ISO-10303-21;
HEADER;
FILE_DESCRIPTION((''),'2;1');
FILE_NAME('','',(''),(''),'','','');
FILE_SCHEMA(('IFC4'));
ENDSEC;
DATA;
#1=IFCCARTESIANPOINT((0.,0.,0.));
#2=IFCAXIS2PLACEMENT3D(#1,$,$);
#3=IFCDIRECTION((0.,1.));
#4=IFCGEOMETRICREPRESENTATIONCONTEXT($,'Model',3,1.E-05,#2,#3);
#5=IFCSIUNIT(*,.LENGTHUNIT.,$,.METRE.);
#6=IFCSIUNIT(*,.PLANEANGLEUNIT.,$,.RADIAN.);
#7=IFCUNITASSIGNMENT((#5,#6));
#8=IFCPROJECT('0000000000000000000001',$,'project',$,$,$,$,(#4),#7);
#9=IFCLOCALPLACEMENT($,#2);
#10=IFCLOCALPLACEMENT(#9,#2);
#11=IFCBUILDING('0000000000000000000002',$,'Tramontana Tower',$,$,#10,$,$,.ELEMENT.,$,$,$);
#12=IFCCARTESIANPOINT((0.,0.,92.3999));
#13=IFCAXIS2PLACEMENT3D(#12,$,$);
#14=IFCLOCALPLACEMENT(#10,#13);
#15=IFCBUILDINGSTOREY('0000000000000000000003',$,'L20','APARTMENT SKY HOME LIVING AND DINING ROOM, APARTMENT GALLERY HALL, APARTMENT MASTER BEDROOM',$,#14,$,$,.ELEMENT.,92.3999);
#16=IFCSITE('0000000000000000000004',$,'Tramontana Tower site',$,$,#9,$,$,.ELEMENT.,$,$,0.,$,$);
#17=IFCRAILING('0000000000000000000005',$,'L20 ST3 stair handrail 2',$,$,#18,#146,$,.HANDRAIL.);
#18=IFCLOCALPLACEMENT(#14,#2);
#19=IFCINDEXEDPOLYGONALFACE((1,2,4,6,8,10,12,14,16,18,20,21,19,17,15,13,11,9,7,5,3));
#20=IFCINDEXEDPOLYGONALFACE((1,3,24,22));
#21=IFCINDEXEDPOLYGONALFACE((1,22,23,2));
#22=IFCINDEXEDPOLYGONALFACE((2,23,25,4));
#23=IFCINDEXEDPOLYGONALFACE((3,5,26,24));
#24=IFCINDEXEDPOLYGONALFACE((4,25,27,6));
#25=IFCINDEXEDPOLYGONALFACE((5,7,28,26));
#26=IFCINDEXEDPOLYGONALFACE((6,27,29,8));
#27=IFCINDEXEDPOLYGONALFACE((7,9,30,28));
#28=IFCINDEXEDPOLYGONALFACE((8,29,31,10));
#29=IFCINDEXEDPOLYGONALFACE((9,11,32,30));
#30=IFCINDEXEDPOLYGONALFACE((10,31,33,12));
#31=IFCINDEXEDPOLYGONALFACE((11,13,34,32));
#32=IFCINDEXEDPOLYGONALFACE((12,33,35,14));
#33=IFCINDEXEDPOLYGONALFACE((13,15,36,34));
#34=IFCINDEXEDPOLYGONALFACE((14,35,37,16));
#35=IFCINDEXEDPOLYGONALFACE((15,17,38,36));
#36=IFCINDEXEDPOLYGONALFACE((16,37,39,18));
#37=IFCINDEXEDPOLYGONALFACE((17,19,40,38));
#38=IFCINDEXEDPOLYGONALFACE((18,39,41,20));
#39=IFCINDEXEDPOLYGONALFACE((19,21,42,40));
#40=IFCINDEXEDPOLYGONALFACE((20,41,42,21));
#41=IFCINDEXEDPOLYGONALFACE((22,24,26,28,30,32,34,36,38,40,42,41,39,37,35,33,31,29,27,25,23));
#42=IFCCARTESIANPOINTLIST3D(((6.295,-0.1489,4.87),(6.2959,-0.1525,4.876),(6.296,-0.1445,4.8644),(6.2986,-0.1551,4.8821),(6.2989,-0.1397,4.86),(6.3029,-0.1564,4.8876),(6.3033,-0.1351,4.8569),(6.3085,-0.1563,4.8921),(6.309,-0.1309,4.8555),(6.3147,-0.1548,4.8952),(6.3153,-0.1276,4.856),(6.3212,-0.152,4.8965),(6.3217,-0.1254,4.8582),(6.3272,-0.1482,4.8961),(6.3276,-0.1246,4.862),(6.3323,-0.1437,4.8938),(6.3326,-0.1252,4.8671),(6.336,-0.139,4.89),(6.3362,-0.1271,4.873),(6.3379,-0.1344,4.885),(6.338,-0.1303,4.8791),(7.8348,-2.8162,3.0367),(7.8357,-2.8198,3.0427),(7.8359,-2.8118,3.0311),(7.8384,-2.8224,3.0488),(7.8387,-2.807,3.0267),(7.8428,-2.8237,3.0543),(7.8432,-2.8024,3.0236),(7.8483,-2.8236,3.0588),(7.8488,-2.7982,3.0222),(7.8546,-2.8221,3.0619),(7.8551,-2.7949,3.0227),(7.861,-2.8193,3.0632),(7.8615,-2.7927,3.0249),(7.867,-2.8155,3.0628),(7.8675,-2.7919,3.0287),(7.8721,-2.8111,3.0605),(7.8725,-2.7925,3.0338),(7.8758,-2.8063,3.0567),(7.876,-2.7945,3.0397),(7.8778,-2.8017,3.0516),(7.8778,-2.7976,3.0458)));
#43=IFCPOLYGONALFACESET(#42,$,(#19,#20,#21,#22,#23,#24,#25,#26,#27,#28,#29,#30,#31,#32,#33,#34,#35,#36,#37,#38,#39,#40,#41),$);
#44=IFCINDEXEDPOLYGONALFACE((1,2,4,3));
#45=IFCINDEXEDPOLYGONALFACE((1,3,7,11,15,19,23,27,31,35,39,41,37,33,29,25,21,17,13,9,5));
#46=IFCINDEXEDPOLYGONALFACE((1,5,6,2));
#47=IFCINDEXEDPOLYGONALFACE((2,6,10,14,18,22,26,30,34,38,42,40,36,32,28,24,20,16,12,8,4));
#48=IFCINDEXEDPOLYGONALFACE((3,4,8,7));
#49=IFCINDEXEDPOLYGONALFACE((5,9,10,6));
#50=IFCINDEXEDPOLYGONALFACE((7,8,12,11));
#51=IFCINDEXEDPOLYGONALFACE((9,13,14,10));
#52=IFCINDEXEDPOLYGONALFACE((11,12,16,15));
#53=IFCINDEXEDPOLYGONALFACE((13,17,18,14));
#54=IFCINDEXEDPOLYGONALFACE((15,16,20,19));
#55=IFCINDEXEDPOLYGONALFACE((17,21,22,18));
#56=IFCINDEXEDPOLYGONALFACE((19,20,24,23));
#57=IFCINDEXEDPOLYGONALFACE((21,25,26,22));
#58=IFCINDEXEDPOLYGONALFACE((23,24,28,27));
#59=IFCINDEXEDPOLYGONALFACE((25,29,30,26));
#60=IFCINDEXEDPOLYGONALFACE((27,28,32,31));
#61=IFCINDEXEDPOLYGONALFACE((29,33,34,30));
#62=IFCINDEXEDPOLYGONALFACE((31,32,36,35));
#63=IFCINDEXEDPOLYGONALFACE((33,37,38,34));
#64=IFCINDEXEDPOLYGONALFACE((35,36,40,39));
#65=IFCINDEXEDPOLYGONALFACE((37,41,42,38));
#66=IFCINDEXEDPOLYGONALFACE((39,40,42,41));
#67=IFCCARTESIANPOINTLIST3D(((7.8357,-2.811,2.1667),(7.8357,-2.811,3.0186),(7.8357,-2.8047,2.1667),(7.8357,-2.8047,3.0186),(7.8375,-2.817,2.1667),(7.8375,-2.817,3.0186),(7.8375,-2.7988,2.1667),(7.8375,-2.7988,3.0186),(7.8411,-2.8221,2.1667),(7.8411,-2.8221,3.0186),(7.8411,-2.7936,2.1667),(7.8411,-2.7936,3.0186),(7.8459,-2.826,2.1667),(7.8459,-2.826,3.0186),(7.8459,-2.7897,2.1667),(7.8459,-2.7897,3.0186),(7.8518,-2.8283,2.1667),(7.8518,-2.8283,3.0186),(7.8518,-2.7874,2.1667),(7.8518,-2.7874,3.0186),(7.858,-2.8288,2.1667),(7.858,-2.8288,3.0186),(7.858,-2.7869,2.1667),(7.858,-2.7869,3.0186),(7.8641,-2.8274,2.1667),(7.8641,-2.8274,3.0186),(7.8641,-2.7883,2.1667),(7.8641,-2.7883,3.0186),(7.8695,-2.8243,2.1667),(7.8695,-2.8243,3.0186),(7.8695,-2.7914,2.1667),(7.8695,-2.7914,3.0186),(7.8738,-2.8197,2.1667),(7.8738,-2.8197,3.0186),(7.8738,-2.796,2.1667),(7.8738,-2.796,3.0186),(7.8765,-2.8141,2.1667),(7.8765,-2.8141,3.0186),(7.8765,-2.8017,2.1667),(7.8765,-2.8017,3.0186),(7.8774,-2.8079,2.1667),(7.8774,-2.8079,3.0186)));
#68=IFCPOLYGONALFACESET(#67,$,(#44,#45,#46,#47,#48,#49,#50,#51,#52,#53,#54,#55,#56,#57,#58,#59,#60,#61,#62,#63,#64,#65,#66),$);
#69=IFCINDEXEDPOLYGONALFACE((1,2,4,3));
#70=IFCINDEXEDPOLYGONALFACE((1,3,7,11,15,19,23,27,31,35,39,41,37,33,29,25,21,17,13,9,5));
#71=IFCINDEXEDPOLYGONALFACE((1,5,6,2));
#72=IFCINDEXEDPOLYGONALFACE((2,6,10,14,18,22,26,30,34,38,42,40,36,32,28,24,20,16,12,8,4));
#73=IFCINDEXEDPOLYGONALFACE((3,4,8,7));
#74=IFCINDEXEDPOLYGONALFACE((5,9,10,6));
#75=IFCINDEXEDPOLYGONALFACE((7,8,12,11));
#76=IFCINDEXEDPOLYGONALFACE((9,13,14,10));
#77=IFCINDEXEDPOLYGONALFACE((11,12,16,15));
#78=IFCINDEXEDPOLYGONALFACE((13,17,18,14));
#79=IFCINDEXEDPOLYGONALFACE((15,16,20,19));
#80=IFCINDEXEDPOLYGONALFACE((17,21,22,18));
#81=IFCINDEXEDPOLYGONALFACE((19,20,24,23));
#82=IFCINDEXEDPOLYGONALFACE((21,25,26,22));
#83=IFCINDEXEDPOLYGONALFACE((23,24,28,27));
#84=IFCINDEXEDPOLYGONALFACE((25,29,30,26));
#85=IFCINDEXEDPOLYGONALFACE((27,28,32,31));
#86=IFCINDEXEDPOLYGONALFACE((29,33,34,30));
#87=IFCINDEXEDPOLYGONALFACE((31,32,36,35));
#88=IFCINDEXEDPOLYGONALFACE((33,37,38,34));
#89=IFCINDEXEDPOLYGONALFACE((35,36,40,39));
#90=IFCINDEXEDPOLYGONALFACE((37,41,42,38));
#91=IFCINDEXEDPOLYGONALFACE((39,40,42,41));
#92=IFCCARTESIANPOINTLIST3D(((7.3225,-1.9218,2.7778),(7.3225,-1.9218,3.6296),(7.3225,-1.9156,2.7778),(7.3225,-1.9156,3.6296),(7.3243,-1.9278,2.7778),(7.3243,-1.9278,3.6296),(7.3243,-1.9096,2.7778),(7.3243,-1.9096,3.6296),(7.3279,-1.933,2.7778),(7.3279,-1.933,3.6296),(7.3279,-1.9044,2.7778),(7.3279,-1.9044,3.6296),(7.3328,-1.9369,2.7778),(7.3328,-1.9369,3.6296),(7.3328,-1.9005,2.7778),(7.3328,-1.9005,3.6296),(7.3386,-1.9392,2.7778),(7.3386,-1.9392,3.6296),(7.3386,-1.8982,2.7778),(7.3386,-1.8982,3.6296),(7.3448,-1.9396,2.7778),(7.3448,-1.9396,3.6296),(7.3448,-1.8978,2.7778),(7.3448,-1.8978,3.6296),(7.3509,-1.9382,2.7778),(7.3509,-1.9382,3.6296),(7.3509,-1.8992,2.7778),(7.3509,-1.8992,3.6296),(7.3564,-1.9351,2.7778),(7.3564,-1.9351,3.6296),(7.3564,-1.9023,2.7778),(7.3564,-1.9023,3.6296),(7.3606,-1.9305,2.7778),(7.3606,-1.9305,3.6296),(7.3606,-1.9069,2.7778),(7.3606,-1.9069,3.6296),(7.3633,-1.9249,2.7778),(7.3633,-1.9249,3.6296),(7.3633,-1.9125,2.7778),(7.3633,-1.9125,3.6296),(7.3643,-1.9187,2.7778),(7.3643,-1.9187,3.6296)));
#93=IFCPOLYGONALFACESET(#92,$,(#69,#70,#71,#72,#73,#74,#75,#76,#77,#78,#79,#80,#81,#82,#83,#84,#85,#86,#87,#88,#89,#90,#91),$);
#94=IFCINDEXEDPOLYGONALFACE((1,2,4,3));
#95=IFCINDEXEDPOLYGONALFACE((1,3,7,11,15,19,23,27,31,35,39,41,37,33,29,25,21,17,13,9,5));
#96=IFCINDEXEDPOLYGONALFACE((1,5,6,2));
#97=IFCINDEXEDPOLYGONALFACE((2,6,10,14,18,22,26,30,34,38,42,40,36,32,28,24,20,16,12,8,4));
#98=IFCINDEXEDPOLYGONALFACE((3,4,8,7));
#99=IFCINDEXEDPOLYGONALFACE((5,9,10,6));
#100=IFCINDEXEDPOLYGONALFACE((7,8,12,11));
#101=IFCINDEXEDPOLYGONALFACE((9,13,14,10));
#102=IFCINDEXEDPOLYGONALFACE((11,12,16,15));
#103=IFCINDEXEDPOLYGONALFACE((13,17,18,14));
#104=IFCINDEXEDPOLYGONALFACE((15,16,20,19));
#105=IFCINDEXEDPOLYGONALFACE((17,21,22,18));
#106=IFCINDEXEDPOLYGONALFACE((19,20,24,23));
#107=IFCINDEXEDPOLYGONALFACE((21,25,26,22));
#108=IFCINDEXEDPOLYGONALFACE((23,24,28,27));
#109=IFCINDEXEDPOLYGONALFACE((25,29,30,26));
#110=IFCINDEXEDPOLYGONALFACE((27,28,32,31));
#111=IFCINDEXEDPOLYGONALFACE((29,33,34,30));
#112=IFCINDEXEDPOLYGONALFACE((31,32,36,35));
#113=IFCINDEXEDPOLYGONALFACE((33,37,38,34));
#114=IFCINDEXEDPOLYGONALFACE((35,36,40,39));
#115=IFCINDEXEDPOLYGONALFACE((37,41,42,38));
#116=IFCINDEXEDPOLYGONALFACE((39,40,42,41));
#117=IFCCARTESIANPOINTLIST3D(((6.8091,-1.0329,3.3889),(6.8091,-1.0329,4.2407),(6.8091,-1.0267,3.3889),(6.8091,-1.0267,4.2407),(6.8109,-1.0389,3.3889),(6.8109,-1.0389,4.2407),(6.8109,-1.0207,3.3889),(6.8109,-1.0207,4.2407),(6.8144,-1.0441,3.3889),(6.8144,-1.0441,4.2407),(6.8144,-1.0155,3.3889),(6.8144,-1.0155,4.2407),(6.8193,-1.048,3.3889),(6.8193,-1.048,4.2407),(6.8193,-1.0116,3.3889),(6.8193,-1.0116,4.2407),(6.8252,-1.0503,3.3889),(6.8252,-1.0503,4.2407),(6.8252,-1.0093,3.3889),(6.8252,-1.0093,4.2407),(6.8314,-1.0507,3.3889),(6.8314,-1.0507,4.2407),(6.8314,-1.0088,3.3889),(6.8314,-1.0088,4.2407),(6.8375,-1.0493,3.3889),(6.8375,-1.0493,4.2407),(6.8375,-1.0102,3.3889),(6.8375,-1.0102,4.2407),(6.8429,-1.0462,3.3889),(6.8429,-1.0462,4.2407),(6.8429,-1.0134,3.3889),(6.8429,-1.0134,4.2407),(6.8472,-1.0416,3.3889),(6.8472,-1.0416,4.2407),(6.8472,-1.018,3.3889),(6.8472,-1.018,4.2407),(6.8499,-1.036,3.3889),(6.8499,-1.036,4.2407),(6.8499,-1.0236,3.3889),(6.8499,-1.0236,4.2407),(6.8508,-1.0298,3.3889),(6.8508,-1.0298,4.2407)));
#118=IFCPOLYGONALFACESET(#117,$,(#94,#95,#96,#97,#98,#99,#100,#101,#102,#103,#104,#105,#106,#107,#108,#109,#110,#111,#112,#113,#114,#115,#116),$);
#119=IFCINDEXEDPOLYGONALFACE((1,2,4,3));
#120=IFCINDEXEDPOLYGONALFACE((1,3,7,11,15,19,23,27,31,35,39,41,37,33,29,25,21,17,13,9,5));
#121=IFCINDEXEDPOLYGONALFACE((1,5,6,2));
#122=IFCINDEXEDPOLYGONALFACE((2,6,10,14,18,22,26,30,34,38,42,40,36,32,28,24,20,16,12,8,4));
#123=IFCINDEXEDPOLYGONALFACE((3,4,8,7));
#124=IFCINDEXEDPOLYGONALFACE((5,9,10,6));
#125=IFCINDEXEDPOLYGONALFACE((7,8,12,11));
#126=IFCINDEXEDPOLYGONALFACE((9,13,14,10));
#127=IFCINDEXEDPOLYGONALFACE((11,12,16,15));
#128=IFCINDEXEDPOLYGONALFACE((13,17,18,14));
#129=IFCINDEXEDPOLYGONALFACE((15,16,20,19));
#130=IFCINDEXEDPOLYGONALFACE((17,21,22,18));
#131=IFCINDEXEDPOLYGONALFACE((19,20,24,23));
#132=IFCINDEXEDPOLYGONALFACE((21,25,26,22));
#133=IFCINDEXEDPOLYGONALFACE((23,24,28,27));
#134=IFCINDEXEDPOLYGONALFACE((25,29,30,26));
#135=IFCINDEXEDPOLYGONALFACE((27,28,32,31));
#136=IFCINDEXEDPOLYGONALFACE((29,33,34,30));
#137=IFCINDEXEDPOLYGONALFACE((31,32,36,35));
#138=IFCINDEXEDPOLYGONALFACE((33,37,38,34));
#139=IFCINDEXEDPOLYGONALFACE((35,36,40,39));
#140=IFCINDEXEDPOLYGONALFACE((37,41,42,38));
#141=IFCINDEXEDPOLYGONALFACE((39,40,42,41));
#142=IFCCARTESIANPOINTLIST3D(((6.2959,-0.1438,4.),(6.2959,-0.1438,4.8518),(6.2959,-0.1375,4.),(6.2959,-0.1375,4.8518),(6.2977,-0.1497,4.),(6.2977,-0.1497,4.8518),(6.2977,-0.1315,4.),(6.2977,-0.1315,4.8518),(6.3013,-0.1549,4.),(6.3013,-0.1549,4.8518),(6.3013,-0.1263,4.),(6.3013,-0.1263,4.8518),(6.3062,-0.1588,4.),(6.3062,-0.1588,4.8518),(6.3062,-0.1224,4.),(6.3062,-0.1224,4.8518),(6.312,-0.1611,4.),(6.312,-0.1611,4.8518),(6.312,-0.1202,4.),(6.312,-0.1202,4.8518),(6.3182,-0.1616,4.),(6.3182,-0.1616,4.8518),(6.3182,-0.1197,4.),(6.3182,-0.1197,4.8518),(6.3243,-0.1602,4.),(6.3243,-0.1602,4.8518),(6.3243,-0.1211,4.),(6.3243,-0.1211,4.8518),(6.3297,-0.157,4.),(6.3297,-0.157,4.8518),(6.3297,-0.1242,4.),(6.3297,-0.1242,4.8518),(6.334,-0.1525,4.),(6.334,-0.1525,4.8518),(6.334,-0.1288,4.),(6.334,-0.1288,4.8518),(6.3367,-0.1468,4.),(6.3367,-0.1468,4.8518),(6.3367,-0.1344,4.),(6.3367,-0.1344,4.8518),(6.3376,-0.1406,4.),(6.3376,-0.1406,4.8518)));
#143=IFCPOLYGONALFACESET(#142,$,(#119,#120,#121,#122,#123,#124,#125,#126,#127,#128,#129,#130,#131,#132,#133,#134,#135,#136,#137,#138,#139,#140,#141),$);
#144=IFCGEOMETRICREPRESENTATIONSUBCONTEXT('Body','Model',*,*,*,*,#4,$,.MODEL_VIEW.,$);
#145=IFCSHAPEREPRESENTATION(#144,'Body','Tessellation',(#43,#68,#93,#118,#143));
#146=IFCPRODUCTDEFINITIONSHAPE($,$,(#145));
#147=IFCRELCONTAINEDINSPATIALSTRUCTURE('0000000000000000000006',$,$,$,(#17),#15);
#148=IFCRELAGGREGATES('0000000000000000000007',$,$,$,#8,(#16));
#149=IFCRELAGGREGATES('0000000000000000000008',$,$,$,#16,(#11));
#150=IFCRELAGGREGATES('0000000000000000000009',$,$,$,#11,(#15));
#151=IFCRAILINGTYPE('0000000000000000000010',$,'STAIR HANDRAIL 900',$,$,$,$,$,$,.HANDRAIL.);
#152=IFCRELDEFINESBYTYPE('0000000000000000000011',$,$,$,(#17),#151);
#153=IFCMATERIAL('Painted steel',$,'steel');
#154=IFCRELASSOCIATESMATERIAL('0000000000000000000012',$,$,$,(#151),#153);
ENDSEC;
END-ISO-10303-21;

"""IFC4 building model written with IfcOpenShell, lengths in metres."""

from ifc_helpers import new_model, si_unit, direction, frame, origin, origin_2d, place, context, subcontext, project, spatial, circle, extrude, material, type_object, element, save


model = new_model("IFC4")

# Units and contexts
model_context = context("Model", 3, precision=1e-05, world=origin(), true_north=direction((0.0, 1.0)))
body_context = subcontext(model_context, "Body", "Model", "MODEL_VIEW")
ifc_project = project(units=[si_unit("LENGTHUNIT", "METRE"), si_unit("PLANEANGLEUNIT", "RADIAN")], contexts=[model_context])

# Site, building, storey
site_placement = place(None, origin())
site = spatial("IfcSite", under=ifc_project, at=site_placement, Name="Tramontana Tower site", CompositionType="ELEMENT", RefElevation=0.0)
building_placement = place(site_placement, origin())
building = spatial("IfcBuilding", under=site, at=building_placement, Name="Tramontana Tower", CompositionType="ELEMENT")
storey_placement = place(building_placement, frame((0.0, 0.0, 92.3999)))
storey = spatial("IfcBuildingStorey", under=building, at=storey_placement, Name="L20", Description="APARTMENT SKY HOME LIVING AND DINING ROOM, APARTMENT GALLERY HALL, APARTMENT MASTER BEDROOM", CompositionType="ELEMENT", Elevation=92.3999)

# Railing
ifc_material_1 = material(Name="Painted steel", Category="steel")
railing_type_1 = type_object("IfcRailingType", Name="STAIR HANDRAIL 900", PredefinedType="HANDRAIL", material=ifc_material_1)
railing_1_placement = place(storey_placement, frame((7.8564, -2.8079, 2.1667)))
element("IfcRailing", 1, at=railing_1_placement, inside=storey, type_object=railing_type_1, Name="L20 ST3 stair handrail 2", PredefinedType="HANDRAIL", context=body_context, shape_type="SweptSolid", body=[
    extrude(circle(Radius=0.0239, at=origin_2d()), frame((0.0, 0.0, 0.876), z_axis=(-0.429616, 0.744181, 0.511493), x_axis=(-0.866044, -0.499967, 0.0)), (0.0, 0.0, 1.0), 3.5842),
    extrude(circle(Radius=0.021, at=origin_2d()), origin(), (0.0, 0.0, 1.0), 0.8518),
    extrude(circle(Radius=0.021, at=origin_2d()), frame((-0.5132, 0.8892, 0.6111)), (0.0, 0.0, 1.0), 0.8518),
    extrude(circle(Radius=0.021, at=origin_2d()), frame((-1.0266, 1.7781, 1.2222)), (0.0, 0.0, 1.0), 0.8518),
    extrude(circle(Radius=0.021, at=origin_2d()), frame((-1.5398, 2.6672, 1.8333)), (0.0, 0.0, 1.0), 0.8518),
])

save(model, "model.ifc")
